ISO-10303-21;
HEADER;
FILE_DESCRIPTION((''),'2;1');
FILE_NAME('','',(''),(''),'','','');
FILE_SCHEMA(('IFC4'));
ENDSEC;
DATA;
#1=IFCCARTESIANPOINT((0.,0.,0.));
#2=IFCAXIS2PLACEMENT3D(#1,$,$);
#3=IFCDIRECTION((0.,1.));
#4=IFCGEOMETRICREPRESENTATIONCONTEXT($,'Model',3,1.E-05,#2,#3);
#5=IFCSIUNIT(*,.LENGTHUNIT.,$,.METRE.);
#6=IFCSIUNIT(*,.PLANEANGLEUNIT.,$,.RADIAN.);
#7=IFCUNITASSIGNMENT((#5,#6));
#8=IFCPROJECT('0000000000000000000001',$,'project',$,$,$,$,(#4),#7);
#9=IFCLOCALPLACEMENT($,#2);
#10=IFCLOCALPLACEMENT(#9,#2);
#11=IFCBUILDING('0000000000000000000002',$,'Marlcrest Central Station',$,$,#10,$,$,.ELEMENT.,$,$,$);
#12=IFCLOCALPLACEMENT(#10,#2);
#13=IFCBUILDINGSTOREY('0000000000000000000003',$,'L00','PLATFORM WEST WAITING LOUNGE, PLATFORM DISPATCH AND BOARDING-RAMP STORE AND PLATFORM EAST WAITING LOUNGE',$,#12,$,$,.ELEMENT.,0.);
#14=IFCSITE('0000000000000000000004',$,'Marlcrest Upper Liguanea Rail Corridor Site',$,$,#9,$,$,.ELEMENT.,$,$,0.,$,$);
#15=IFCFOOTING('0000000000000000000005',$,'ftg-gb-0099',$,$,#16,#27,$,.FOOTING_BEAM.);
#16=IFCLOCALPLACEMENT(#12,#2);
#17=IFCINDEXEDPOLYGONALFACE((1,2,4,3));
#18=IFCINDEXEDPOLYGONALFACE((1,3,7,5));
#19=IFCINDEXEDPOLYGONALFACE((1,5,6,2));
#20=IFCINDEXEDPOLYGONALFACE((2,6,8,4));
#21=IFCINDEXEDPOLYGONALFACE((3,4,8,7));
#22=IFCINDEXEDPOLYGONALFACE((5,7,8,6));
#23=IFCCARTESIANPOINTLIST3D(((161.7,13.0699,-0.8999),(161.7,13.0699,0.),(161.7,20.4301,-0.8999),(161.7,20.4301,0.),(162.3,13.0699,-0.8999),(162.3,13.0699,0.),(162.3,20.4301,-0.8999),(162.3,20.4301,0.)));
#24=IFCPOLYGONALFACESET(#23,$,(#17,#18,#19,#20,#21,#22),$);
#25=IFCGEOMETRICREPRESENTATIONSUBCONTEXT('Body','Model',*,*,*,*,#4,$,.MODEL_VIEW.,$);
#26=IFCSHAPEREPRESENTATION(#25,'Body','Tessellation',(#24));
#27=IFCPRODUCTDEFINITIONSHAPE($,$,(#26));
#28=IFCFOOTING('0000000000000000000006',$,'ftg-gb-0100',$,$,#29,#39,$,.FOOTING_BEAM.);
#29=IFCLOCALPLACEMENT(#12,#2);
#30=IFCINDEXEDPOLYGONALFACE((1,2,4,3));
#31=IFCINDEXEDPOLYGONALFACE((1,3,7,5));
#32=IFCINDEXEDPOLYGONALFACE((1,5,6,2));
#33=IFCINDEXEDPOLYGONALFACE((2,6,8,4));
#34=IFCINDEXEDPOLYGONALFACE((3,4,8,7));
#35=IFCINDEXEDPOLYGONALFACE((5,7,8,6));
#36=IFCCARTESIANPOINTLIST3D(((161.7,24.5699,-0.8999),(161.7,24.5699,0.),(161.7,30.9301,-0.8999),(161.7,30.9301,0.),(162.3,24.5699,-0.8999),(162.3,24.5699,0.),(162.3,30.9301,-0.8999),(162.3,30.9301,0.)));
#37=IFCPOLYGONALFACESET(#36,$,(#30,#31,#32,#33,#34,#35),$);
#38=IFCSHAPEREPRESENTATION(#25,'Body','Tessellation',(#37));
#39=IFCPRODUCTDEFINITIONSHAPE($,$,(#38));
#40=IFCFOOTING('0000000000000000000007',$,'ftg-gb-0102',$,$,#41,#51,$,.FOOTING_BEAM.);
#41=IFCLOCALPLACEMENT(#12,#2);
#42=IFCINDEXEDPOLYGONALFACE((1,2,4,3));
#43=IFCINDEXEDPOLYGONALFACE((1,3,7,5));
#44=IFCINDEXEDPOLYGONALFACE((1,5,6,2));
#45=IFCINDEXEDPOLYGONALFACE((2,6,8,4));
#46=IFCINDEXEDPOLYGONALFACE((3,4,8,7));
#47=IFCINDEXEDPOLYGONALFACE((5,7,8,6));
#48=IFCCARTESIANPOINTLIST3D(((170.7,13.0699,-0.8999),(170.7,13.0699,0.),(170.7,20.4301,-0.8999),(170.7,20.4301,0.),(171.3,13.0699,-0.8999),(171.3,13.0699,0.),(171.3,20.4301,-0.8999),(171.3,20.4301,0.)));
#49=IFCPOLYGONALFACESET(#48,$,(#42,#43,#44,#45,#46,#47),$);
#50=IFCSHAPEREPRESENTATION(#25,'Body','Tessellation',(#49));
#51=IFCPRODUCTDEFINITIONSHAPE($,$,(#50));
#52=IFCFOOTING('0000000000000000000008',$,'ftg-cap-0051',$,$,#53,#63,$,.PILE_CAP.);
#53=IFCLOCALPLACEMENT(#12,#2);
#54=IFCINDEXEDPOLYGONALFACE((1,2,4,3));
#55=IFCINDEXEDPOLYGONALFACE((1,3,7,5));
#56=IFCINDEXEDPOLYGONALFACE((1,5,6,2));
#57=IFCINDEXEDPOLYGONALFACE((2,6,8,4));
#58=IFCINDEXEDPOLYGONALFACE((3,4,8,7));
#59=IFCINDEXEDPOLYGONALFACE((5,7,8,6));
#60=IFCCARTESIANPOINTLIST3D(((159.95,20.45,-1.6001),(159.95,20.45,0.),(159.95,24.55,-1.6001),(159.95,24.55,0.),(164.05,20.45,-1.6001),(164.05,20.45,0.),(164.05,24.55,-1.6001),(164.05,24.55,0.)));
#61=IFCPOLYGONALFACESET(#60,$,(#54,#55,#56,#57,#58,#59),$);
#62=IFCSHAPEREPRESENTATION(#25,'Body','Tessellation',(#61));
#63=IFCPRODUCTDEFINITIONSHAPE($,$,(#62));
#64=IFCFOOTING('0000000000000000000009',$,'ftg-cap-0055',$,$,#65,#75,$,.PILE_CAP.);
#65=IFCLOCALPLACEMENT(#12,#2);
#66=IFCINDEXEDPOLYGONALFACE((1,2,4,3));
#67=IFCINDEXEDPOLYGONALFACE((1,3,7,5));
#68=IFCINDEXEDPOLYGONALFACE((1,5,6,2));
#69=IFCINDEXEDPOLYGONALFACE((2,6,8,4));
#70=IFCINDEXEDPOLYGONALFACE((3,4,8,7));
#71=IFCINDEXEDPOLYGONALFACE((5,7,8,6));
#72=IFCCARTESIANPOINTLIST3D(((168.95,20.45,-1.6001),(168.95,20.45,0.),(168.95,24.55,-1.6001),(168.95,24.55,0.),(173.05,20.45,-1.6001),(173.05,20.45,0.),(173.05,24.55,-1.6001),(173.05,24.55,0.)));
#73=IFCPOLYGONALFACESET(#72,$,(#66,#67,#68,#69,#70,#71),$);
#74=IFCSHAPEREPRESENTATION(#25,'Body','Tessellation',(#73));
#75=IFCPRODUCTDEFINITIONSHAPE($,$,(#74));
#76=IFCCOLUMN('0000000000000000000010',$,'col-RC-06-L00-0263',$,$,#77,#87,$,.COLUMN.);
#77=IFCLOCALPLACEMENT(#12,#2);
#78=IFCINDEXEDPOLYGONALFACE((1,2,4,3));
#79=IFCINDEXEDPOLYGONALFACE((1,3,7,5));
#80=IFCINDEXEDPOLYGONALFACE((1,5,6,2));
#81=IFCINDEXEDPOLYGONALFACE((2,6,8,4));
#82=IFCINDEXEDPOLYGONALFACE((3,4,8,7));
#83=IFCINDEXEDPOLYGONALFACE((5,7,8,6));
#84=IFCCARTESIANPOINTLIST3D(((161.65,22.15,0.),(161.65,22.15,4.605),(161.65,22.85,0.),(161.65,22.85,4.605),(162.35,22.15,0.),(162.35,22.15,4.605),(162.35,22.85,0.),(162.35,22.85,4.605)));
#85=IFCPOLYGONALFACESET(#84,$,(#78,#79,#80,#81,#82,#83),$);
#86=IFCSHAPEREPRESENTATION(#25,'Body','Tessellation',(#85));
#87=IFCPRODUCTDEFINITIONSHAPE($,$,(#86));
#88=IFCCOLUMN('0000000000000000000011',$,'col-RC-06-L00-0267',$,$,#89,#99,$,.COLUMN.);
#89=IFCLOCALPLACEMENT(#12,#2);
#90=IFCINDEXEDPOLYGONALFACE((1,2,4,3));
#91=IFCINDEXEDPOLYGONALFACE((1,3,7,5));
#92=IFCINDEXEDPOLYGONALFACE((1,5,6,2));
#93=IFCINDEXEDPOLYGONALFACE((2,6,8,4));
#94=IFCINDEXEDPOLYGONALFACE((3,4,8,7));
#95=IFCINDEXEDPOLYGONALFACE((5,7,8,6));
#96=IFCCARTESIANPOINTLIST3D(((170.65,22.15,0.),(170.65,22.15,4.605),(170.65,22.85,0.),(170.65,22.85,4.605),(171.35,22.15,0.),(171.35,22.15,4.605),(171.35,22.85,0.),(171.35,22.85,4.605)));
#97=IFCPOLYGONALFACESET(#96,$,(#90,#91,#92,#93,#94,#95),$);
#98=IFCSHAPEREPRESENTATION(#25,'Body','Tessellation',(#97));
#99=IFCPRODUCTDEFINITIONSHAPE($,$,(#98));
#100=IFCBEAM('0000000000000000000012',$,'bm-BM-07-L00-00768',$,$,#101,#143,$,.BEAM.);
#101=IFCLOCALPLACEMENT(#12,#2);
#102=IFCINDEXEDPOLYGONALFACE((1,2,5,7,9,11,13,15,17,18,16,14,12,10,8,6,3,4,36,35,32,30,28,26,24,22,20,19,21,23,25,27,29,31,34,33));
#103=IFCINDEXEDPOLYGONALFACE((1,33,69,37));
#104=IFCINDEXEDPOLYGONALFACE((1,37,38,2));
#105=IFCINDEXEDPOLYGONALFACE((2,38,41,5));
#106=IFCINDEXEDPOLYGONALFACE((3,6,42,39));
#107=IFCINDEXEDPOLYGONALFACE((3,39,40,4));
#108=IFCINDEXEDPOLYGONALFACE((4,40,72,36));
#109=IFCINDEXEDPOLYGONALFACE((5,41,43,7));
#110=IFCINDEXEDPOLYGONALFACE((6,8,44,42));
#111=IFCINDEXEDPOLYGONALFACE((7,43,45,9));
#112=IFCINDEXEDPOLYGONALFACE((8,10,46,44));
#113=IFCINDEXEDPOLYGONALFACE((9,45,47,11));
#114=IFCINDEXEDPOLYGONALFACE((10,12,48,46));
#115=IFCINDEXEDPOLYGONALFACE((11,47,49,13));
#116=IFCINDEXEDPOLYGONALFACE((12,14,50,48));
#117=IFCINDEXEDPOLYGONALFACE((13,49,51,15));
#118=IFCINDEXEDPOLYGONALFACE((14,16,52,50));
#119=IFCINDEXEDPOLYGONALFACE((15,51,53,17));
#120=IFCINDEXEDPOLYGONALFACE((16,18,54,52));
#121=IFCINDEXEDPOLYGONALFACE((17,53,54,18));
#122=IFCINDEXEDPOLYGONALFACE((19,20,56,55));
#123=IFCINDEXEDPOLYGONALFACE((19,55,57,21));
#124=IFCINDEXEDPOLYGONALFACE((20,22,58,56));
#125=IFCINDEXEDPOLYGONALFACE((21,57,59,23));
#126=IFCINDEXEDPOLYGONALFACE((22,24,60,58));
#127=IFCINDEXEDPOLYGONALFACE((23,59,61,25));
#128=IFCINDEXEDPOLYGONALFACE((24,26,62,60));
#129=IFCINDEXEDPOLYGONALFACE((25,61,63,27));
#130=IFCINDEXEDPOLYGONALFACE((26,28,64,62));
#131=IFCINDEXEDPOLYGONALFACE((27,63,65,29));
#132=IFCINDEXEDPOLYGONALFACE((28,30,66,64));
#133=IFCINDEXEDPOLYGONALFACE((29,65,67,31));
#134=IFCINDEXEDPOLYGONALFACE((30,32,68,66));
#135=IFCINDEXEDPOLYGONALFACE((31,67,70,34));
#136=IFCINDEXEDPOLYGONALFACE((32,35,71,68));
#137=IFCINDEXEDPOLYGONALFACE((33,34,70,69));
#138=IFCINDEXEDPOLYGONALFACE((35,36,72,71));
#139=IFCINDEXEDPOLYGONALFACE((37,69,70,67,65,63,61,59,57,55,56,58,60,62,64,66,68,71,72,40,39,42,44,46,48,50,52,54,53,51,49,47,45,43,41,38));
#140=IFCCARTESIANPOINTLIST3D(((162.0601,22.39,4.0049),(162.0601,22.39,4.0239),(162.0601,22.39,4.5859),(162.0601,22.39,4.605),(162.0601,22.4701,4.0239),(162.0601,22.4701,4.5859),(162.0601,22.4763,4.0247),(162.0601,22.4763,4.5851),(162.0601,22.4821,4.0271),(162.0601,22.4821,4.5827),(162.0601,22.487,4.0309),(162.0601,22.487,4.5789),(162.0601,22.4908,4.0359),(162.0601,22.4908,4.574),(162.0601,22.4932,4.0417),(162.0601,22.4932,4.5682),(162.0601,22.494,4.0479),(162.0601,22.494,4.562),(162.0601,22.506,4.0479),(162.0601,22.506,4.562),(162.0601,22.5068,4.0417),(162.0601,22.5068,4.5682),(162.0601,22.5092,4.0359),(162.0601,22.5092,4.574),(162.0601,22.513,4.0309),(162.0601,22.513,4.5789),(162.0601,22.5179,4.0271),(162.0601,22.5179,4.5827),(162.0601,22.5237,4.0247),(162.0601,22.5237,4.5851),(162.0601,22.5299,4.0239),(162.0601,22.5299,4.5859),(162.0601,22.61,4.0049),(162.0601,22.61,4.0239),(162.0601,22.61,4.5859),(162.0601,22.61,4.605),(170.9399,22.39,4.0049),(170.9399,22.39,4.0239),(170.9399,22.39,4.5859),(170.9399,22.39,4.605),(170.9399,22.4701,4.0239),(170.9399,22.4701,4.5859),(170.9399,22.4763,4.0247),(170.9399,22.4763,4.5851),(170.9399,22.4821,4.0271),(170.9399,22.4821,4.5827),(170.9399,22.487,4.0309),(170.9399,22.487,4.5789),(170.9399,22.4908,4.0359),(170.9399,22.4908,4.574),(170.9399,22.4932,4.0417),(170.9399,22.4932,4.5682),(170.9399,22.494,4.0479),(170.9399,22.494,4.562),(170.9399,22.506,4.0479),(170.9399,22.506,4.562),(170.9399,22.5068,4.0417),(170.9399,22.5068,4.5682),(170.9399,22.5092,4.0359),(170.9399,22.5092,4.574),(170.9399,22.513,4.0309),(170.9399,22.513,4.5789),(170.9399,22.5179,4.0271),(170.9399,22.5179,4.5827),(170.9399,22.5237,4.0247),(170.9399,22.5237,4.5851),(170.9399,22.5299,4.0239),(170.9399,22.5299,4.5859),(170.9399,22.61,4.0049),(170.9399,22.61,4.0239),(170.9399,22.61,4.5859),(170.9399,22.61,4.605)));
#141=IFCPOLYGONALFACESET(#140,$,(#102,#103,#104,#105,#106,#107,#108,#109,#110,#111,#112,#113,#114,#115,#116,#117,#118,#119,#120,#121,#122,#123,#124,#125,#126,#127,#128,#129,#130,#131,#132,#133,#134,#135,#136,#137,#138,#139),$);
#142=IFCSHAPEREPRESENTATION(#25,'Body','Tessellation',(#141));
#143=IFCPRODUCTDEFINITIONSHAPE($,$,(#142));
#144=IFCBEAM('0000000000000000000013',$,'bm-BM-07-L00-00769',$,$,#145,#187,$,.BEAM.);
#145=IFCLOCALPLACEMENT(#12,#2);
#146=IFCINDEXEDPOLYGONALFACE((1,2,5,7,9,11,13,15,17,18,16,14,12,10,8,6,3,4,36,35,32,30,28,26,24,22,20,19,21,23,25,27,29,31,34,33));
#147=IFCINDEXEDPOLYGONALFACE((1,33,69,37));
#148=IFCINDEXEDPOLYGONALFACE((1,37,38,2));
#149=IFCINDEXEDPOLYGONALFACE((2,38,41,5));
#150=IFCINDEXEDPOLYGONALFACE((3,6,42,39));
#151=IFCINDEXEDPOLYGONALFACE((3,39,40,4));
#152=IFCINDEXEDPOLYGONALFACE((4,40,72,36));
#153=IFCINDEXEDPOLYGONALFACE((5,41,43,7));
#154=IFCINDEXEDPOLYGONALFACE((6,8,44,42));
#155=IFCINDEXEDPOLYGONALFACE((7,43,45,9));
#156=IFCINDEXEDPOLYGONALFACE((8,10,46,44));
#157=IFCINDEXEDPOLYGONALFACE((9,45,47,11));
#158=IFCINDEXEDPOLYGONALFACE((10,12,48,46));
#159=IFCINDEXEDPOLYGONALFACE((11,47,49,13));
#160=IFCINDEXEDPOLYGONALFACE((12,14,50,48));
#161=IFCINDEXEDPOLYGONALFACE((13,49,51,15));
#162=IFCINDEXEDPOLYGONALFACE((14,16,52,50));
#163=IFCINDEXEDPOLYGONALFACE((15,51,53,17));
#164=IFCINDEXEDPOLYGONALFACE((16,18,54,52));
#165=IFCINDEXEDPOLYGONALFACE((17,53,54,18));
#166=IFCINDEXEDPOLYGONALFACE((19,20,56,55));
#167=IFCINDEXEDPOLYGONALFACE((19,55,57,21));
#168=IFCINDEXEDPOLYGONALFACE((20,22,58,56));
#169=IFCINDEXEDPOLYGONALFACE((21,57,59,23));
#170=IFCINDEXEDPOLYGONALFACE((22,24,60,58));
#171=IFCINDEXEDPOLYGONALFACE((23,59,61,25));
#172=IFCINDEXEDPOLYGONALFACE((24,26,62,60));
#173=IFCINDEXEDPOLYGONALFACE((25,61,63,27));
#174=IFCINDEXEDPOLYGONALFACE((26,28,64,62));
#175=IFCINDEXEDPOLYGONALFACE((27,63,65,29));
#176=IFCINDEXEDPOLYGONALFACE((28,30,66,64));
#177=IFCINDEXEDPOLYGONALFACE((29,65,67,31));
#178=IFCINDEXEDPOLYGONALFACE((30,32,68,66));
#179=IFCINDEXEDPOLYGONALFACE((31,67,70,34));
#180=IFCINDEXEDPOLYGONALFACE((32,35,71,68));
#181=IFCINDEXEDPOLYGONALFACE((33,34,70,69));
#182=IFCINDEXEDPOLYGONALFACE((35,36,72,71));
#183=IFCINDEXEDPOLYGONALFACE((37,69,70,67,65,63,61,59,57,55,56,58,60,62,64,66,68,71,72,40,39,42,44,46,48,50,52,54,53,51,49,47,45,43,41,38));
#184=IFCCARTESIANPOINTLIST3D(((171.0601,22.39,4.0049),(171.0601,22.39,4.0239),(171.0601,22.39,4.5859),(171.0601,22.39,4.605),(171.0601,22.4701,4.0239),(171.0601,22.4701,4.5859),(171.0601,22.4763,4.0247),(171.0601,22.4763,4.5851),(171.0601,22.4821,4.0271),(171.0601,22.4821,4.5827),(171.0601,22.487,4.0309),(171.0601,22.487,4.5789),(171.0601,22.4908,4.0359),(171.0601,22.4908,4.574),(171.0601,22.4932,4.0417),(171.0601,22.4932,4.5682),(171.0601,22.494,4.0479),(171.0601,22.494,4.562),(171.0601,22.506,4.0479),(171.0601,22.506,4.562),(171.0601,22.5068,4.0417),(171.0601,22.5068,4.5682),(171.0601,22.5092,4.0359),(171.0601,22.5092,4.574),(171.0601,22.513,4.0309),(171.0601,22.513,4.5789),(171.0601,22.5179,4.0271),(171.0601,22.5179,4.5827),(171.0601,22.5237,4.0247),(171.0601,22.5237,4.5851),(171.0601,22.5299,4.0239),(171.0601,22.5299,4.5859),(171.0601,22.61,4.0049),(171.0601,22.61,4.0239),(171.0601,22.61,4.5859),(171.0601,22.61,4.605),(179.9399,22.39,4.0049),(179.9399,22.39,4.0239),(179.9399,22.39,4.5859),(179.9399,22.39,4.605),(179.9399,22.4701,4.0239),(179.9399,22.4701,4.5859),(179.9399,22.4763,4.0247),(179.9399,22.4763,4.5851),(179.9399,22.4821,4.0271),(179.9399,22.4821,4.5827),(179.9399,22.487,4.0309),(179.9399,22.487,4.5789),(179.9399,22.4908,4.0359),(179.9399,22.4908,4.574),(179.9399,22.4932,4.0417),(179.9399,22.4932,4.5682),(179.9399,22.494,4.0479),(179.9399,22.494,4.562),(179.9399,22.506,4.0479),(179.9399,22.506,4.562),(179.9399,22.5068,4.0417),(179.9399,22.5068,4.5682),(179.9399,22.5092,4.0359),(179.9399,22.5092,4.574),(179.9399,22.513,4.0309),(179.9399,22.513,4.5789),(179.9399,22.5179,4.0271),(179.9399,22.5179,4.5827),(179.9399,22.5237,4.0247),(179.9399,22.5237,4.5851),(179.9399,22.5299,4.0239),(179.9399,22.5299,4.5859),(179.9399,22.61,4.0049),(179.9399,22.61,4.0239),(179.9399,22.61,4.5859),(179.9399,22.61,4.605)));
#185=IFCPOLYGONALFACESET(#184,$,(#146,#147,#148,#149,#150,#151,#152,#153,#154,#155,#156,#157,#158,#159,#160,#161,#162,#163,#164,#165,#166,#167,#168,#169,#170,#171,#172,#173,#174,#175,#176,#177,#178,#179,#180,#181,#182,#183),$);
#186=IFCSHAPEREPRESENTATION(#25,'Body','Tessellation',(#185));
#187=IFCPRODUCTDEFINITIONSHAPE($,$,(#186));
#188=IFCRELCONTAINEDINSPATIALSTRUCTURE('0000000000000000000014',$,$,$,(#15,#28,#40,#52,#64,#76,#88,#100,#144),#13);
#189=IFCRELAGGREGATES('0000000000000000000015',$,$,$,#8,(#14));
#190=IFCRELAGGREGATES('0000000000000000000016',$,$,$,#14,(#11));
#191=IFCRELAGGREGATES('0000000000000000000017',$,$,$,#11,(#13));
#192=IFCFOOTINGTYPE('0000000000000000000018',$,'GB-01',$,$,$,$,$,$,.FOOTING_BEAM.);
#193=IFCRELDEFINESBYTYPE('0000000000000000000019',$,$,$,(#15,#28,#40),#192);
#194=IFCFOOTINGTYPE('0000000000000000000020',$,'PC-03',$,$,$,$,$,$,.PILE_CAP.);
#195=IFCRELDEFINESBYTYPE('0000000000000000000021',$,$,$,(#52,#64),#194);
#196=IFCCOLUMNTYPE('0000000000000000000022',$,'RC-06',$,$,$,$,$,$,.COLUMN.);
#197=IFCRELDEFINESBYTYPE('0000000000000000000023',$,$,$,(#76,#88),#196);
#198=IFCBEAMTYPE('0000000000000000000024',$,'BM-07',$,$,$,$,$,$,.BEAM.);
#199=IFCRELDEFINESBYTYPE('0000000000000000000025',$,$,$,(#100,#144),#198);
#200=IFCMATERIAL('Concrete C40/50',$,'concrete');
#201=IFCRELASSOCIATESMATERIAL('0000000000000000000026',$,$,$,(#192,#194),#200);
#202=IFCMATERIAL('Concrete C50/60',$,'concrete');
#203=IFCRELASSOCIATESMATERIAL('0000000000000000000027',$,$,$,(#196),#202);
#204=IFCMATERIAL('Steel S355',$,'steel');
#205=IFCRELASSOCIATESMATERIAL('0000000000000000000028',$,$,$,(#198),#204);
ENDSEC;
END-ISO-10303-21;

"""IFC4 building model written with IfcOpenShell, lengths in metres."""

from ifc_helpers import new_model, si_unit, direction, frame, origin, origin_2d, place, context, subcontext, project, spatial, rectangle, i_section, extrude, material, material_profile, profile_set, type_object, element, save


model = new_model("IFC4")

# Units and contexts
model_context = context("Model", 3, precision=1e-05, world=origin(), true_north=direction((0.0, 1.0)))
body_context = subcontext(model_context, "Body", "Model", "MODEL_VIEW")
ifc_project = project(units=[si_unit("LENGTHUNIT", "METRE"), si_unit("PLANEANGLEUNIT", "RADIAN")], contexts=[model_context])

# Site, building, storey
site_placement = place(None, origin())
site = spatial("IfcSite", under=ifc_project, at=site_placement, Name="Marlcrest Upper Liguanea Rail Corridor Site", CompositionType="ELEMENT", RefElevation=0.0)
building_placement = place(site_placement, origin())
building = spatial("IfcBuilding", under=site, at=building_placement, Name="Marlcrest Central Station", CompositionType="ELEMENT")
storey_placement = place(building_placement, origin())
storey = spatial("IfcBuildingStorey", under=building, at=storey_placement, Name="L00", Description="PLATFORM WEST WAITING LOUNGE, PLATFORM DISPATCH AND BOARDING-RAMP STORE AND PLATFORM EAST WAITING LOUNGE", CompositionType="ELEMENT", Elevation=0.0)

# Footings
ifc_material_1 = material(Name="Concrete C40/50", Category="concrete")
footing_type_1 = type_object("IfcFootingType", Name="GB-01", PredefinedType="FOOTING_BEAM", material=ifc_material_1)
footing_1_placement = place(storey_placement, frame((162.0, 16.75, -0.8999), z_axis=(0.0, 0.0, 1.0), x_axis=(1.0, 0.0, 0.0)))
element("IfcFooting", 1, at=footing_1_placement, inside=storey, type_object=footing_type_1, Name="ftg-gb-0099", PredefinedType="FOOTING_BEAM", context=body_context, shape_type="SweptSolid", body=[
    extrude(rectangle(XDim=0.6001, YDim=7.3601, at=origin_2d()), origin(), (0.0, 0.0, 1.0), 0.8999),
])
footing_2_placement = place(storey_placement, frame((162.0, 27.75, -0.8999), z_axis=(0.0, 0.0, 1.0), x_axis=(1.0, 0.0, 0.0)))
element("IfcFooting", 2, at=footing_2_placement, inside=storey, type_object=footing_type_1, Name="ftg-gb-0100", PredefinedType="FOOTING_BEAM", context=body_context, shape_type="SweptSolid", body=[
    extrude(rectangle(XDim=0.6001, YDim=6.3601, at=origin_2d()), origin(), (0.0, 0.0, 1.0), 0.8999),
])
footing_3_placement = place(storey_placement, frame((171.0, 16.75, -0.8999), z_axis=(0.0, 0.0, 1.0), x_axis=(1.0, 0.0, 0.0)))
element("IfcFooting", 3, at=footing_3_placement, inside=storey, type_object=footing_type_1, Name="ftg-gb-0102", PredefinedType="FOOTING_BEAM", context=body_context, shape_type="SweptSolid", body=[
    extrude(rectangle(XDim=0.6001, YDim=7.3601, at=origin_2d()), origin(), (0.0, 0.0, 1.0), 0.8999),
])
footing_type_2 = type_object("IfcFootingType", Name="PC-03", PredefinedType="PILE_CAP", material=ifc_material_1)
for number, where, z_axis, x_axis, name in (
    (4, (162.0, 22.5, -1.6001), (0.0, 0.0, 1.0), (1.0, 0.0, 0.0), "ftg-cap-0051"),
    (5, (171.0, 22.5, -1.6001), (0.0, 0.0, 1.0), (1.0, 0.0, 0.0), "ftg-cap-0055"),
):
    element("IfcFooting", number, at=place(storey_placement, frame(where, z_axis=z_axis, x_axis=x_axis)), inside=storey, type_object=footing_type_2, Name=name, PredefinedType="PILE_CAP", context=body_context, shape_type="SweptSolid", body=[
        extrude(rectangle(XDim=4.1001, YDim=4.1001, at=origin_2d()), origin(), (0.0, 0.0, 1.0), 1.6001),
    ])

# Columns
ifc_material_2 = material(Name="Concrete C50/60", Category="concrete")
ifc_material_profile_1 = material_profile(ifc_material_2, rectangle(XDim=0.7, YDim=0.7, at=origin_2d()), Name="RC 700x700")
ifc_profile_set_1 = profile_set([ifc_material_profile_1], Name="Concrete C50/60")
column_type = type_object("IfcColumnType", Name="RC-06", PredefinedType="COLUMN", material=ifc_profile_set_1)
for number, where, z_axis, x_axis, name in (
    (6, (162.0, 22.5, 0.0), (0.0, 0.0, 1.0), (1.0, 0.0, 0.0), "col-RC-06-L00-0263"),
    (7, (171.0, 22.5, 0.0), (0.0, 0.0, 1.0), (1.0, 0.0, 0.0), "col-RC-06-L00-0267"),
):
    element("IfcColumn", number, at=place(storey_placement, frame(where, z_axis=z_axis, x_axis=x_axis)), inside=storey, type_object=column_type, Name=name, PredefinedType="COLUMN", context=body_context, shape_type="SweptSolid", body=[
        extrude(rectangle(XDim=0.7, YDim=0.7, at=origin_2d()), origin(), (0.0, 0.0, 1.0), 4.605),
    ])

# Beams
ifc_material_3 = material(Name="Steel S355", Category="steel")
ifc_material_profile_2 = material_profile(ifc_material_3, i_section(OverallWidth=0.22, OverallDepth=0.6001, WebThickness=0.012, FlangeThickness=0.019, FilletRadius=0.0239, at=origin_2d()), Name="IPE 600")
ifc_profile_set_2 = profile_set([ifc_material_profile_2], Name="Steel S355")
beam_type_1 = type_object("IfcBeamType", Name="BM-07", PredefinedType="BEAM", material=ifc_profile_set_2)
for number, where, z_axis, x_axis, name in (
    (8, (162.0601, 22.5, 4.3049), (1.0, 0.0, 0.0), (0.0, 1.0, 0.0), "bm-BM-07-L00-00768"),
    (9, (171.0601, 22.5, 4.3049), (1.0, 0.0, 0.0), (0.0, 1.0, 0.0), "bm-BM-07-L00-00769"),
):
    element("IfcBeam", number, at=place(storey_placement, frame(where, z_axis=z_axis, x_axis=x_axis)), inside=storey, type_object=beam_type_1, Name=name, PredefinedType="BEAM", context=body_context, shape_type="SweptSolid", body=[
        extrude(i_section(OverallWidth=0.22, OverallDepth=0.6001, WebThickness=0.012, FlangeThickness=0.019, FilletRadius=0.0239, at=origin_2d()), origin(), (0.0, 0.0, 1.0), 8.8799),
    ])

save(model, "model.ifc")
